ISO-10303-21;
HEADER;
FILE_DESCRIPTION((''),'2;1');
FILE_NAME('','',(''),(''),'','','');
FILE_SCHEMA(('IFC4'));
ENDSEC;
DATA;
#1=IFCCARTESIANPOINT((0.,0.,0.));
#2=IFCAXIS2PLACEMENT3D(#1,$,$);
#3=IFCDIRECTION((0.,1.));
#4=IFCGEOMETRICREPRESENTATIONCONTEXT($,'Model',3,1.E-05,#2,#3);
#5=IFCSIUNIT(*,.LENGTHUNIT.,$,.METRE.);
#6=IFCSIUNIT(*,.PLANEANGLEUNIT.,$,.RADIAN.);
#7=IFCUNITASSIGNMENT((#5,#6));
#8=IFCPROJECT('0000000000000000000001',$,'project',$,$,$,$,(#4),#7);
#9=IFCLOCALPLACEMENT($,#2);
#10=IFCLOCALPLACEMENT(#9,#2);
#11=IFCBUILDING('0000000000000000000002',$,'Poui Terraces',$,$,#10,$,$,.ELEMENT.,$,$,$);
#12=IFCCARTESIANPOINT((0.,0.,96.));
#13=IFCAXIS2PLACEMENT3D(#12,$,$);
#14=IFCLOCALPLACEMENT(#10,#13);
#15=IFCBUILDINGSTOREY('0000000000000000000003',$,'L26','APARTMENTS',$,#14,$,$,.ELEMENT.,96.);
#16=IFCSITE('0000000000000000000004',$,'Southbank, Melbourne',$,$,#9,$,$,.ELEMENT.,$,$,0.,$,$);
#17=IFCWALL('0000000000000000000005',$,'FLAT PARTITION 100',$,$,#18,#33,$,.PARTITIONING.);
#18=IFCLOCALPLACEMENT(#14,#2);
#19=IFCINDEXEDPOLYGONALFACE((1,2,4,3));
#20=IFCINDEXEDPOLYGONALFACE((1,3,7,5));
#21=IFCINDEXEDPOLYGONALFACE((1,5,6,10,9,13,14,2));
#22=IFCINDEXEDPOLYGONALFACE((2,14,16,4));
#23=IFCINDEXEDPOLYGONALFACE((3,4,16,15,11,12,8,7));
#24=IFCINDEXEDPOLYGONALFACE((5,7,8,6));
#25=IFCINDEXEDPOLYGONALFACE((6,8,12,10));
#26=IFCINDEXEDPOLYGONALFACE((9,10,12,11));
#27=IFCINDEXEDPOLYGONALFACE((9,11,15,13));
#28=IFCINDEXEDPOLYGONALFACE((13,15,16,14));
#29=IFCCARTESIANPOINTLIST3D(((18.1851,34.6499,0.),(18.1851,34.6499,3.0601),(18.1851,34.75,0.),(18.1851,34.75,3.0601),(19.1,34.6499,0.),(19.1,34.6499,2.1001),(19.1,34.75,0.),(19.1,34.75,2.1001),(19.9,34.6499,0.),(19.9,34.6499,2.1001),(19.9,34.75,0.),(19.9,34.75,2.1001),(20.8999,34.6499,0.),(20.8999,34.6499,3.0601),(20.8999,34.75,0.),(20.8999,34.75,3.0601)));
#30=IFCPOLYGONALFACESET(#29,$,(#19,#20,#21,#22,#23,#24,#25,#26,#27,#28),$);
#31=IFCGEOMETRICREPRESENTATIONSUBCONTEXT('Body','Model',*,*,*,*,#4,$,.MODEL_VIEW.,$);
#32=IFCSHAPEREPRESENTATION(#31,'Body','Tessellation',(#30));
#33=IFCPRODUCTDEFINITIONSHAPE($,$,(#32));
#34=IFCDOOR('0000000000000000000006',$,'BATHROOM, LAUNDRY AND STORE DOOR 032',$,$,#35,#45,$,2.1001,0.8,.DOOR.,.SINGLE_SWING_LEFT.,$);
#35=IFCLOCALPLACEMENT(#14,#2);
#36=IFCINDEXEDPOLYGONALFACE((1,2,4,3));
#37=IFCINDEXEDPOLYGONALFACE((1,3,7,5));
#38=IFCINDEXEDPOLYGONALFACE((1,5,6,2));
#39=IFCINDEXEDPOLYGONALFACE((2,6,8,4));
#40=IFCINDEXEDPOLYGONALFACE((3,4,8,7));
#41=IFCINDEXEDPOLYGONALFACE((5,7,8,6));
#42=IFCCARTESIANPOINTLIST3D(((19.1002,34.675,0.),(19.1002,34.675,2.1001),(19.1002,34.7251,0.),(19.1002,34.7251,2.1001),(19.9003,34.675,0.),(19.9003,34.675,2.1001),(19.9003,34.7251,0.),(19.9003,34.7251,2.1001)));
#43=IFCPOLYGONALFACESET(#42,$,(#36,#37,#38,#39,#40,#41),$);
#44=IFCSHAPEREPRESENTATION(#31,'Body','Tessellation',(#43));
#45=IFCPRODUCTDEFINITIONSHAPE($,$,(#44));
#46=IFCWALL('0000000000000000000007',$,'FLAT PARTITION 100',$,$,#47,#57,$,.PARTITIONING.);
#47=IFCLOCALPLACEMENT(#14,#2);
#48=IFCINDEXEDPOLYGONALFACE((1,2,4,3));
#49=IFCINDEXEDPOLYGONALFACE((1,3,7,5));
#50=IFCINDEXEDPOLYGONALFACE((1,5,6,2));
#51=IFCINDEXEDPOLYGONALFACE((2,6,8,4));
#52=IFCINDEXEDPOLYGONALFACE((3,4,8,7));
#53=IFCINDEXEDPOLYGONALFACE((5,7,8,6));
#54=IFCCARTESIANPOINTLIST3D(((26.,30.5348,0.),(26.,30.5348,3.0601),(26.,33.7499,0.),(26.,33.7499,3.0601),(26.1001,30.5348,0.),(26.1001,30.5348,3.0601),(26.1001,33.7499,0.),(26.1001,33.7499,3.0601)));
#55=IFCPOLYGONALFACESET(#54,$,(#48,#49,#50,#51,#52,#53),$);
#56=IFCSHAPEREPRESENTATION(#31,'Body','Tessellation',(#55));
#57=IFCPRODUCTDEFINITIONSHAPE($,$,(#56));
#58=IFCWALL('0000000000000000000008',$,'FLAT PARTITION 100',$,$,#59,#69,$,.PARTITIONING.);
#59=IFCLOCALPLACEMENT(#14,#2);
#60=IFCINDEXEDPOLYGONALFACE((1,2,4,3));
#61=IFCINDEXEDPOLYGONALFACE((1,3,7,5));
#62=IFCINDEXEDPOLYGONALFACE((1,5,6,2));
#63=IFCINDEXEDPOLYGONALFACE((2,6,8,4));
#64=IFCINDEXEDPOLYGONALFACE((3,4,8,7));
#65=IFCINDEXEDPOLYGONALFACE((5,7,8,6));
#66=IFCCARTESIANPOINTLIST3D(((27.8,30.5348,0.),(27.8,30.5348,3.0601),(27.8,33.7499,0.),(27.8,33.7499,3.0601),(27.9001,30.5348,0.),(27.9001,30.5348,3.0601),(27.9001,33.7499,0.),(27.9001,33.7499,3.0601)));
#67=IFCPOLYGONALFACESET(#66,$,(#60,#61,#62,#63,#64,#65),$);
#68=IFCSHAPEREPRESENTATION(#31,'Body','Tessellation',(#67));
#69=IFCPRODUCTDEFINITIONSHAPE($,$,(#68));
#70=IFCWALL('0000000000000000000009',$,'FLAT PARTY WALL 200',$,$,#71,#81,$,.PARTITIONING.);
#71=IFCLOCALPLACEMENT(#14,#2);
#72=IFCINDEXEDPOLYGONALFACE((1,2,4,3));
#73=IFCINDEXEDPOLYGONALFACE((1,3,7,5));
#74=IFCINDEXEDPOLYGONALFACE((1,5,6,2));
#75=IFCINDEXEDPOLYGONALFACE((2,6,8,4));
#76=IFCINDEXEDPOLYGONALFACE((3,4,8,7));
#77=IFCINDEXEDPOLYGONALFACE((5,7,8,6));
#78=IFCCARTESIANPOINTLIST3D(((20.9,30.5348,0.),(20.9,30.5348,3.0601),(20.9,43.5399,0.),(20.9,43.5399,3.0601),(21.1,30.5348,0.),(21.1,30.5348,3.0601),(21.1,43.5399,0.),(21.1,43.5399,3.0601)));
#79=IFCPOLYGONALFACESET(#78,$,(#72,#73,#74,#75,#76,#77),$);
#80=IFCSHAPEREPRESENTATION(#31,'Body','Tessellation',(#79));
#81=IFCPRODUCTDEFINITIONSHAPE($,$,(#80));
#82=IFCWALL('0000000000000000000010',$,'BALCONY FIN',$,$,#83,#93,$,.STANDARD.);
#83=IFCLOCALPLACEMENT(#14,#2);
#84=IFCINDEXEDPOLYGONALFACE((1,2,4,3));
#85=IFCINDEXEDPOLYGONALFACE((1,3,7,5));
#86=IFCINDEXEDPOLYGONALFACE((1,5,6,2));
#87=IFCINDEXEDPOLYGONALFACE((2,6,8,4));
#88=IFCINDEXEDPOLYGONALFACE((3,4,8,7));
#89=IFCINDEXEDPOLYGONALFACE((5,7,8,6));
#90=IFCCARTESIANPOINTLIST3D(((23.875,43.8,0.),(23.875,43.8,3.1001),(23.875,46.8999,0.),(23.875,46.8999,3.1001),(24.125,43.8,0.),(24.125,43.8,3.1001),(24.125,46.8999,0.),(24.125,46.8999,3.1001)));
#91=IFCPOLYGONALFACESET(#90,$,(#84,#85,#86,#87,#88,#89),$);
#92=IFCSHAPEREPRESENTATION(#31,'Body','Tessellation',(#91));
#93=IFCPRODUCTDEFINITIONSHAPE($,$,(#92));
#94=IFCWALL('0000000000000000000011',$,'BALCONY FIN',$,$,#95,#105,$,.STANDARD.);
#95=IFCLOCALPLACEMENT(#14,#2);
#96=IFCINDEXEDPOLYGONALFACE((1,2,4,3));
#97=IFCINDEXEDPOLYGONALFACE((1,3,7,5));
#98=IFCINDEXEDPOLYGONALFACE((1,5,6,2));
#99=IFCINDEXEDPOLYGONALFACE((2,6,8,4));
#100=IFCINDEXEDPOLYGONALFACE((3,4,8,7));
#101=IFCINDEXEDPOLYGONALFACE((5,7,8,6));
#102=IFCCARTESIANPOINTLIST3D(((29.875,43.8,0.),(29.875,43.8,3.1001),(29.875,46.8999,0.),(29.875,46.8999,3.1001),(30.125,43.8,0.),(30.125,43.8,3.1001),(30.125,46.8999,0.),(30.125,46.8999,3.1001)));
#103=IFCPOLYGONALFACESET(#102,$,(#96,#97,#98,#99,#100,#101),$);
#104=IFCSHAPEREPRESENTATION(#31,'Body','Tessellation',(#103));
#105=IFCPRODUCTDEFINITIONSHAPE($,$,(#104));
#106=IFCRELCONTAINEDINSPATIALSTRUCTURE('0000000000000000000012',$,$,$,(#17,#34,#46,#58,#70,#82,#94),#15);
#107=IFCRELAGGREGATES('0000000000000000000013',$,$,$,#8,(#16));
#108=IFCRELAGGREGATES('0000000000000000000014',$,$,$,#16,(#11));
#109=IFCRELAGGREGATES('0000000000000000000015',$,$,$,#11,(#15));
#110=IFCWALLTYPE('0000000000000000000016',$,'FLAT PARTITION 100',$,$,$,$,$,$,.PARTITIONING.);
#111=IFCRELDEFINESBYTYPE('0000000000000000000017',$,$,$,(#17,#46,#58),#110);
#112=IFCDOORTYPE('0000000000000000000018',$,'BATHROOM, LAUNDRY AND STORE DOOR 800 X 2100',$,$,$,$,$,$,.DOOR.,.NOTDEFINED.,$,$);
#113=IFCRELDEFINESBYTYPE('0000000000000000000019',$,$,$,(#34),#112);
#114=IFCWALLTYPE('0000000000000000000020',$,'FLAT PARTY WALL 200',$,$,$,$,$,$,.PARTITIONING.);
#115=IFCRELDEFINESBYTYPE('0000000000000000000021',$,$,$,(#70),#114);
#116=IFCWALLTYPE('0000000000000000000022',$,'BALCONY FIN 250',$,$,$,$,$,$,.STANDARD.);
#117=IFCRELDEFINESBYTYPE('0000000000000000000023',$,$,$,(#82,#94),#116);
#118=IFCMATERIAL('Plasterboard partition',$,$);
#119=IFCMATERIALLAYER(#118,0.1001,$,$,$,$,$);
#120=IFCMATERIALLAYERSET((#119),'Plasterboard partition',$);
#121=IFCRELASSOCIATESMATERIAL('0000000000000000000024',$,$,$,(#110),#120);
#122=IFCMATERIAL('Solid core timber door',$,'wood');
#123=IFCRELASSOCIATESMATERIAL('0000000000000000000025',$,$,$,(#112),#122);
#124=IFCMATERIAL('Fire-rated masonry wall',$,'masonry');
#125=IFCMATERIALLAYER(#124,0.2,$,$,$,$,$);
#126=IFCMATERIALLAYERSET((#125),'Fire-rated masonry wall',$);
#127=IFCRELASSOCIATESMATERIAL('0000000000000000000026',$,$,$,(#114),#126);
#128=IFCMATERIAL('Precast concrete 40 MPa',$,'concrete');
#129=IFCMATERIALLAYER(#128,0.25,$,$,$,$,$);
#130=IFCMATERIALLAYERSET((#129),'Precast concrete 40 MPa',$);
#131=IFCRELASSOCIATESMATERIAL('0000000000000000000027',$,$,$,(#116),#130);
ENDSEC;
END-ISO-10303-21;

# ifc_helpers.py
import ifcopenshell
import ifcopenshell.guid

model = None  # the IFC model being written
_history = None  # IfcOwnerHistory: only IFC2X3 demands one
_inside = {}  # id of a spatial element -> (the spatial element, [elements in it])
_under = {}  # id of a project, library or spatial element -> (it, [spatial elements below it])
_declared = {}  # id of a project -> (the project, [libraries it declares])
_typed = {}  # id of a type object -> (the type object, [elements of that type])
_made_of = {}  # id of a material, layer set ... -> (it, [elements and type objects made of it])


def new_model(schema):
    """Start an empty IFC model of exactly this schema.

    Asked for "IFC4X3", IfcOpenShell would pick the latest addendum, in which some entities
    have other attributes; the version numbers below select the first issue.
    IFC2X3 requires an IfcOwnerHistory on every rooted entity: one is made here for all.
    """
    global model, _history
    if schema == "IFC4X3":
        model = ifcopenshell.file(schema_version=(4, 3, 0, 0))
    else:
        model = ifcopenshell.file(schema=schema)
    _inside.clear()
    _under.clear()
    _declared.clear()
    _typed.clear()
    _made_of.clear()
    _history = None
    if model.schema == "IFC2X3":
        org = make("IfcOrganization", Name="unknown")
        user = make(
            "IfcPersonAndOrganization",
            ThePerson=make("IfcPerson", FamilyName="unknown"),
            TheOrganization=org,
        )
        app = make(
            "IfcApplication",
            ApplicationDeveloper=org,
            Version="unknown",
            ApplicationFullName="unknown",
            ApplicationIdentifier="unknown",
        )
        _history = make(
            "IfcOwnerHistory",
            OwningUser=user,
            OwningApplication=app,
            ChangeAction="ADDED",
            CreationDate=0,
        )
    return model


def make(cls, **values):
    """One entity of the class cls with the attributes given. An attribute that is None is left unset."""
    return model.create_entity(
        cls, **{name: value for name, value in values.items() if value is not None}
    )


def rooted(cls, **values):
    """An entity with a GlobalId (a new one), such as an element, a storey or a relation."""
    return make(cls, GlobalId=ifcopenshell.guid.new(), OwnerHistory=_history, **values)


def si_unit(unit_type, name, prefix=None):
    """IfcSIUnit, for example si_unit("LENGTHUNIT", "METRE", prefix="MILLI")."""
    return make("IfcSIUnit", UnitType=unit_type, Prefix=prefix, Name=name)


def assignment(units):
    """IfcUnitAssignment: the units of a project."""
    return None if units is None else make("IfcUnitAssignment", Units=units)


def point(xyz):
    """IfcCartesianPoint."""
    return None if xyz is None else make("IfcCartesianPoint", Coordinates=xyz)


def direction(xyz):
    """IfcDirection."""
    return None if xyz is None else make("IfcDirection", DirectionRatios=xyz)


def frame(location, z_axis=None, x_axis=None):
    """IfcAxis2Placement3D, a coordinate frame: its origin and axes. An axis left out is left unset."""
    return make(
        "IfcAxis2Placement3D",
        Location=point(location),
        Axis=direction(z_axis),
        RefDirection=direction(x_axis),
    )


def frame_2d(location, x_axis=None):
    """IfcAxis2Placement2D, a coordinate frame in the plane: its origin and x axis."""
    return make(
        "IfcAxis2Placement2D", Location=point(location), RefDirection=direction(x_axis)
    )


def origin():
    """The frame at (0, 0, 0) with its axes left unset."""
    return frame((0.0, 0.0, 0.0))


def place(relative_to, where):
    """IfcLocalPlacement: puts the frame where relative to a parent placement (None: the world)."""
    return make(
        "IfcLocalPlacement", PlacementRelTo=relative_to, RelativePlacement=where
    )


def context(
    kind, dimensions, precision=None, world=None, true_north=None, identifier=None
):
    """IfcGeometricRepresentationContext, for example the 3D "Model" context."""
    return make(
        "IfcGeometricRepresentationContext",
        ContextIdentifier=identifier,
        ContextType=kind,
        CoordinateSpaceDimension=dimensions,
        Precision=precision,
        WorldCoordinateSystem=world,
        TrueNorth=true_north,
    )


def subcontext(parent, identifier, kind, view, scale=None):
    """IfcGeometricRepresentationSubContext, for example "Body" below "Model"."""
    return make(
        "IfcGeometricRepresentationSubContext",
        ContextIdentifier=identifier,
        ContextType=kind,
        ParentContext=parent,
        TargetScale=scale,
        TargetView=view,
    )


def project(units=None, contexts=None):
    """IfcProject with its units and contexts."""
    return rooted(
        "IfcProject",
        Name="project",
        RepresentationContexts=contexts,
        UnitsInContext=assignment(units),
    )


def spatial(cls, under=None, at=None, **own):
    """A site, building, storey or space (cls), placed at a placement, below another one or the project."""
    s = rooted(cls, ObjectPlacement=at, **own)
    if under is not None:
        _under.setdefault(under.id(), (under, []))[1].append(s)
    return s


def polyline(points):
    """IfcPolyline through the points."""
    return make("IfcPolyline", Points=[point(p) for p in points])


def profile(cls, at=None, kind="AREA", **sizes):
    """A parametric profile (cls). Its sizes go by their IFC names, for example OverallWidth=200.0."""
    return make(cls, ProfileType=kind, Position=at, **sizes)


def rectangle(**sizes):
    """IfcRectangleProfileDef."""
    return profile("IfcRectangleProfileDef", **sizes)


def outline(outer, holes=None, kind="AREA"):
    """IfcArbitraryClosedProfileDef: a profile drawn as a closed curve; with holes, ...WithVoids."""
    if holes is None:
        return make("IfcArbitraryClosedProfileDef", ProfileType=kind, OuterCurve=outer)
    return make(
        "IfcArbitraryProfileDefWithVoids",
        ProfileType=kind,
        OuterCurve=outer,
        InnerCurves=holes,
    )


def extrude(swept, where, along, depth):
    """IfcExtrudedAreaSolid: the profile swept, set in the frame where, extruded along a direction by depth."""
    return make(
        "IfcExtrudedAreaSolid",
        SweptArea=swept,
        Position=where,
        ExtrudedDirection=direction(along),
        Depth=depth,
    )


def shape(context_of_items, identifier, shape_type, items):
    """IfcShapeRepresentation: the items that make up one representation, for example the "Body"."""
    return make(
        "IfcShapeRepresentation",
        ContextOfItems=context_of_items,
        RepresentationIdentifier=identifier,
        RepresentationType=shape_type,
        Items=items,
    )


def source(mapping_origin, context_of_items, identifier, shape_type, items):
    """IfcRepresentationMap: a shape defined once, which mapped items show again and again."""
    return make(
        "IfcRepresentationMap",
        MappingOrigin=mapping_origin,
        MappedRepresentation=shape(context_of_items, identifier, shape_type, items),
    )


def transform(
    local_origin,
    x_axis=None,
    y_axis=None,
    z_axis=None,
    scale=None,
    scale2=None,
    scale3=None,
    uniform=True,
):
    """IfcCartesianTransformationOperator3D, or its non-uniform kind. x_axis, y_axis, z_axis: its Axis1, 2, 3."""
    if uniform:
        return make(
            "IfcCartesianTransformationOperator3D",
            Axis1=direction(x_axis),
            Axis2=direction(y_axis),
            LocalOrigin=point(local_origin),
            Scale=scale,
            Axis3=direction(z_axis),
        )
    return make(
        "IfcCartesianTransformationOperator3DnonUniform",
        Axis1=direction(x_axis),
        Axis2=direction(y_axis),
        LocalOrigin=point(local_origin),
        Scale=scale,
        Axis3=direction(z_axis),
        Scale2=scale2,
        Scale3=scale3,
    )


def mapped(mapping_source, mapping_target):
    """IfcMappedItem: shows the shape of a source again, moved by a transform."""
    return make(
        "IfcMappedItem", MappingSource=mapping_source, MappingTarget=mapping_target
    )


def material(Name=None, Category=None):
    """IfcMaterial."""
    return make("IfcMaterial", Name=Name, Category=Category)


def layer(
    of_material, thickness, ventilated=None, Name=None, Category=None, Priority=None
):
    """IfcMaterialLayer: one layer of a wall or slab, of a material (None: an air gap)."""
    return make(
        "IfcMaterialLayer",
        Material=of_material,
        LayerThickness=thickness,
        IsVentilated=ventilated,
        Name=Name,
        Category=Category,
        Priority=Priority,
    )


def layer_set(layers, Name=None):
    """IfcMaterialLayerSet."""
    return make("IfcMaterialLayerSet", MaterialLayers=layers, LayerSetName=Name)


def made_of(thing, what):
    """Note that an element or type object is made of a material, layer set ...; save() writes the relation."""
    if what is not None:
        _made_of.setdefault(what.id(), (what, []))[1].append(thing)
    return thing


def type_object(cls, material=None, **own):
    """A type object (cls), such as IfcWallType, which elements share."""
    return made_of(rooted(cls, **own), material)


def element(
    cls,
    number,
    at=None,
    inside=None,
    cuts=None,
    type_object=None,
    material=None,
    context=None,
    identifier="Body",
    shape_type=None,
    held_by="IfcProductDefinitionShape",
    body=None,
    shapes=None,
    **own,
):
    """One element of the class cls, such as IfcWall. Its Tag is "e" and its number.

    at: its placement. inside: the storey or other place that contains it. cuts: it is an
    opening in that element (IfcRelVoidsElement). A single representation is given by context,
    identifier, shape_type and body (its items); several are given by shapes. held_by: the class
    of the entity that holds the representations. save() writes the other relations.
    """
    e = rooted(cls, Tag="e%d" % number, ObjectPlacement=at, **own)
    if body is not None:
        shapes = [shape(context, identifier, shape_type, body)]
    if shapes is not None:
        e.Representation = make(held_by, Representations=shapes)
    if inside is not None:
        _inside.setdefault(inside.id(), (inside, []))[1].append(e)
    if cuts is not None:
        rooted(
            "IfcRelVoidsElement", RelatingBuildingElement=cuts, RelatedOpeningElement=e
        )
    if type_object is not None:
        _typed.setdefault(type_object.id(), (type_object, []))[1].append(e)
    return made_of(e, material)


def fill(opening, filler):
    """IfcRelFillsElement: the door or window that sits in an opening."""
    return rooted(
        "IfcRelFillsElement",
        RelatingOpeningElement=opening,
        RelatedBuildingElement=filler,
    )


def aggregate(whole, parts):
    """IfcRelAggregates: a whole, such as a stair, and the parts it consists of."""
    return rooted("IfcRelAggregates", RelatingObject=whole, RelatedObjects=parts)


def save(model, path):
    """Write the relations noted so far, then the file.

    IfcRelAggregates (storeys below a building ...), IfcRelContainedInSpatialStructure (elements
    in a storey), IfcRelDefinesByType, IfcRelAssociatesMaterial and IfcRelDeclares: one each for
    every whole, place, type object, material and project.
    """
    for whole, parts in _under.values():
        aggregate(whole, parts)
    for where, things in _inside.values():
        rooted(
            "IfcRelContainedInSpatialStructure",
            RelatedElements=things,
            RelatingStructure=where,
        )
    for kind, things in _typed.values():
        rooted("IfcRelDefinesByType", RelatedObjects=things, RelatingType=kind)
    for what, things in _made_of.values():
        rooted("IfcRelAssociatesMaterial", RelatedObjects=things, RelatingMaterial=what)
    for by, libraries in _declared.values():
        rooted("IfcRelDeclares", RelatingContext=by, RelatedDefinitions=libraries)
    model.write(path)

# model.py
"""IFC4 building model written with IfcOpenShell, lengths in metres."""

from ifc_helpers import new_model, si_unit, direction, frame, frame_2d, origin, place, context, subcontext, project, spatial, polyline, rectangle, outline, extrude, source, transform, mapped, material, layer, layer_set, type_object, element, fill, save


model = new_model("IFC4")

# Units and contexts
model_context = context("Model", 3, precision=1e-05, world=origin(), true_north=direction((0.0, 1.0)))
body_context = subcontext(model_context, "Body", "Model", "MODEL_VIEW")
ifc_project = project(units=[si_unit("LENGTHUNIT", "METRE"), si_unit("PLANEANGLEUNIT", "RADIAN")], contexts=[model_context])

# Site, building, storey
site_placement = place(None, origin())
site = spatial("IfcSite", under=ifc_project, at=site_placement, Name="Southbank, Melbourne", CompositionType="ELEMENT", RefElevation=0.0)
building_placement = place(site_placement, origin())
building = spatial("IfcBuilding", under=site, at=building_placement, Name="Poui Terraces", CompositionType="ELEMENT")
storey_placement = place(building_placement, frame((0.0, 0.0, 96.0)))
storey = spatial("IfcBuildingStorey", under=building, at=storey_placement, Name="L26", Description="APARTMENTS", CompositionType="ELEMENT", Elevation=96.0)

# Wall, opening, door
ifc_material_1 = material(Name="Solid core timber door", Category="wood")
ifc_material_2 = material(Name="Plasterboard partition")
ifc_layer_1 = layer(ifc_material_2, 0.1001)
ifc_layer_set_1 = layer_set([ifc_layer_1], Name="Plasterboard partition")
wall_type_1 = type_object("IfcWallType", Name="FLAT PARTITION 100", PredefinedType="PARTITIONING", material=ifc_layer_set_1)
door_type_1 = type_object("IfcDoorType", Name="BATHROOM, LAUNDRY AND STORE DOOR 800 X 2100", OperationType="NOTDEFINED", PredefinedType="DOOR", material=ifc_material_1)
wall_1_placement = place(storey_placement, frame((18.1851, 34.7, 0.0), z_axis=(0.0, 0.0, 1.0), x_axis=(1.0, 0.0, 0.0)))
wall_1 = element("IfcWall", 1, at=wall_1_placement, inside=storey, type_object=wall_type_1, Name="FLAT PARTITION 100", PredefinedType="PARTITIONING", context=body_context, shape_type="SweptSolid", body=[
    extrude(rectangle(XDim=2.7148, YDim=0.1001, at=frame_2d((1.3574, 0.0))), origin(), (0.0, 0.0, 1.0), 3.0601),
])
opening_1_placement = place(wall_1_placement, frame((0.915, 0.0, 0.0)))
opening_1 = element("IfcOpeningElement", 2, at=opening_1_placement, cuts=wall_1, PredefinedType="OPENING", context=body_context, shape_type="SweptSolid", body=[
    extrude(rectangle(XDim=0.8, YDim=2.1001, at=frame_2d((0.3999, 1.05))), frame((0.0, 0.0601, 0.0), z_axis=(0.0, -1.0, 0.0), x_axis=(1.0, 0.0, 0.0)), (0.0, 0.0, 1.0), 0.1201),
])
door_1_placement = place(opening_1_placement, frame((0.8, 0.0, 0.0), z_axis=(0.0, 0.0, 1.0), x_axis=(-1.0, 0.0, 0.0)))
door_1 = element("IfcDoor", 3, at=door_1_placement, inside=storey, type_object=door_type_1, Name="BATHROOM, LAUNDRY AND STORE DOOR 032", OperationType="SINGLE_SWING_LEFT", OverallHeight=2.1001, OverallWidth=0.8, PredefinedType="DOOR", context=body_context, shape_type="SweptSolid", body=[
    extrude(rectangle(XDim=0.8, YDim=2.1001, at=frame_2d((0.3999, 1.05))), frame((0.0, 0.0249, 0.0), z_axis=(0.0, -1.0, 0.0), x_axis=(1.0, 0.0, 0.0)), (0.0, 0.0, 1.0), 0.05),
])
fill(opening_1, door_1)

# Walls
for number, where, z_axis, x_axis, name in (
    (4, (26.05, 30.5349, 0.0), (0.0, 0.0, 1.0), (0.0, 1.0, 0.0), "FLAT PARTITION 100"),
    (5, (27.8501, 30.5349, 0.0), (0.0, 0.0, 1.0), (0.0, 1.0, 0.0), "FLAT PARTITION 100"),
):
    element("IfcWall", number, at=place(storey_placement, frame(where, z_axis=z_axis, x_axis=x_axis)), inside=storey, type_object=wall_type_1, Name=name, PredefinedType="PARTITIONING", context=body_context, shape_type="SweptSolid", body=[
        extrude(rectangle(XDim=3.2151, YDim=0.1001, at=frame_2d((1.6074, 0.0))), origin(), (0.0, 0.0, 1.0), 3.0601),
    ])
ifc_material_3 = material(Name="Fire-rated masonry wall", Category="masonry")
ifc_layer_2 = layer(ifc_material_3, 0.2)
ifc_layer_set_2 = layer_set([ifc_layer_2], Name="Fire-rated masonry wall")
wall_type_2 = type_object("IfcWallType", Name="FLAT PARTY WALL 200", PredefinedType="PARTITIONING", material=ifc_layer_set_2)
wall_2_placement = place(storey_placement, frame((21.0, 30.5349, 0.0), z_axis=(0.0, 0.0, 1.0), x_axis=(0.0, 1.0, 0.0)))
element("IfcWall", 6, at=wall_2_placement, inside=storey, type_object=wall_type_2, Name="FLAT PARTY WALL 200", PredefinedType="PARTITIONING", context=body_context, shape_type="SweptSolid", body=[
    extrude(rectangle(XDim=13.0051, YDim=0.2, at=frame_2d((6.5024, 0.0))), origin(), (0.0, 0.0, 1.0), 3.0601),
])
ifc_material_4 = material(Name="Precast concrete 40 MPa", Category="concrete")
ifc_layer_3 = layer(ifc_material_4, 0.25)
ifc_layer_set_3 = layer_set([ifc_layer_3], Name="Precast concrete 40 MPa")
wall_type_3 = type_object("IfcWallType", Name="BALCONY FIN 250", PredefinedType="STANDARD", material=ifc_layer_set_3)
shared_shape_1 = source(origin(), body_context, "Body", "SweptSolid", [
    extrude(outline(polyline([(0.0, 0.0), (0.25, 0.0), (0.25, 3.0999), (0.0, 3.0999), (0.0, 0.0)])), origin(), (0.0, 0.0, 1.0), 3.1001),
])
for number, where, name in (
    (7, (23.875, 43.8, 0.0), "BALCONY FIN"),
    (8, (29.875, 43.8, 0.0), "BALCONY FIN"),
):
    element("IfcWall", number, at=place(storey_placement, frame(where)), inside=storey, type_object=wall_type_3, Name=name, PredefinedType="STANDARD", context=body_context, shape_type="MappedRepresentation", body=[
        mapped(shared_shape_1, transform((0.0, 0.0, 0.0))),
    ])

save(model, "model.ifc")
